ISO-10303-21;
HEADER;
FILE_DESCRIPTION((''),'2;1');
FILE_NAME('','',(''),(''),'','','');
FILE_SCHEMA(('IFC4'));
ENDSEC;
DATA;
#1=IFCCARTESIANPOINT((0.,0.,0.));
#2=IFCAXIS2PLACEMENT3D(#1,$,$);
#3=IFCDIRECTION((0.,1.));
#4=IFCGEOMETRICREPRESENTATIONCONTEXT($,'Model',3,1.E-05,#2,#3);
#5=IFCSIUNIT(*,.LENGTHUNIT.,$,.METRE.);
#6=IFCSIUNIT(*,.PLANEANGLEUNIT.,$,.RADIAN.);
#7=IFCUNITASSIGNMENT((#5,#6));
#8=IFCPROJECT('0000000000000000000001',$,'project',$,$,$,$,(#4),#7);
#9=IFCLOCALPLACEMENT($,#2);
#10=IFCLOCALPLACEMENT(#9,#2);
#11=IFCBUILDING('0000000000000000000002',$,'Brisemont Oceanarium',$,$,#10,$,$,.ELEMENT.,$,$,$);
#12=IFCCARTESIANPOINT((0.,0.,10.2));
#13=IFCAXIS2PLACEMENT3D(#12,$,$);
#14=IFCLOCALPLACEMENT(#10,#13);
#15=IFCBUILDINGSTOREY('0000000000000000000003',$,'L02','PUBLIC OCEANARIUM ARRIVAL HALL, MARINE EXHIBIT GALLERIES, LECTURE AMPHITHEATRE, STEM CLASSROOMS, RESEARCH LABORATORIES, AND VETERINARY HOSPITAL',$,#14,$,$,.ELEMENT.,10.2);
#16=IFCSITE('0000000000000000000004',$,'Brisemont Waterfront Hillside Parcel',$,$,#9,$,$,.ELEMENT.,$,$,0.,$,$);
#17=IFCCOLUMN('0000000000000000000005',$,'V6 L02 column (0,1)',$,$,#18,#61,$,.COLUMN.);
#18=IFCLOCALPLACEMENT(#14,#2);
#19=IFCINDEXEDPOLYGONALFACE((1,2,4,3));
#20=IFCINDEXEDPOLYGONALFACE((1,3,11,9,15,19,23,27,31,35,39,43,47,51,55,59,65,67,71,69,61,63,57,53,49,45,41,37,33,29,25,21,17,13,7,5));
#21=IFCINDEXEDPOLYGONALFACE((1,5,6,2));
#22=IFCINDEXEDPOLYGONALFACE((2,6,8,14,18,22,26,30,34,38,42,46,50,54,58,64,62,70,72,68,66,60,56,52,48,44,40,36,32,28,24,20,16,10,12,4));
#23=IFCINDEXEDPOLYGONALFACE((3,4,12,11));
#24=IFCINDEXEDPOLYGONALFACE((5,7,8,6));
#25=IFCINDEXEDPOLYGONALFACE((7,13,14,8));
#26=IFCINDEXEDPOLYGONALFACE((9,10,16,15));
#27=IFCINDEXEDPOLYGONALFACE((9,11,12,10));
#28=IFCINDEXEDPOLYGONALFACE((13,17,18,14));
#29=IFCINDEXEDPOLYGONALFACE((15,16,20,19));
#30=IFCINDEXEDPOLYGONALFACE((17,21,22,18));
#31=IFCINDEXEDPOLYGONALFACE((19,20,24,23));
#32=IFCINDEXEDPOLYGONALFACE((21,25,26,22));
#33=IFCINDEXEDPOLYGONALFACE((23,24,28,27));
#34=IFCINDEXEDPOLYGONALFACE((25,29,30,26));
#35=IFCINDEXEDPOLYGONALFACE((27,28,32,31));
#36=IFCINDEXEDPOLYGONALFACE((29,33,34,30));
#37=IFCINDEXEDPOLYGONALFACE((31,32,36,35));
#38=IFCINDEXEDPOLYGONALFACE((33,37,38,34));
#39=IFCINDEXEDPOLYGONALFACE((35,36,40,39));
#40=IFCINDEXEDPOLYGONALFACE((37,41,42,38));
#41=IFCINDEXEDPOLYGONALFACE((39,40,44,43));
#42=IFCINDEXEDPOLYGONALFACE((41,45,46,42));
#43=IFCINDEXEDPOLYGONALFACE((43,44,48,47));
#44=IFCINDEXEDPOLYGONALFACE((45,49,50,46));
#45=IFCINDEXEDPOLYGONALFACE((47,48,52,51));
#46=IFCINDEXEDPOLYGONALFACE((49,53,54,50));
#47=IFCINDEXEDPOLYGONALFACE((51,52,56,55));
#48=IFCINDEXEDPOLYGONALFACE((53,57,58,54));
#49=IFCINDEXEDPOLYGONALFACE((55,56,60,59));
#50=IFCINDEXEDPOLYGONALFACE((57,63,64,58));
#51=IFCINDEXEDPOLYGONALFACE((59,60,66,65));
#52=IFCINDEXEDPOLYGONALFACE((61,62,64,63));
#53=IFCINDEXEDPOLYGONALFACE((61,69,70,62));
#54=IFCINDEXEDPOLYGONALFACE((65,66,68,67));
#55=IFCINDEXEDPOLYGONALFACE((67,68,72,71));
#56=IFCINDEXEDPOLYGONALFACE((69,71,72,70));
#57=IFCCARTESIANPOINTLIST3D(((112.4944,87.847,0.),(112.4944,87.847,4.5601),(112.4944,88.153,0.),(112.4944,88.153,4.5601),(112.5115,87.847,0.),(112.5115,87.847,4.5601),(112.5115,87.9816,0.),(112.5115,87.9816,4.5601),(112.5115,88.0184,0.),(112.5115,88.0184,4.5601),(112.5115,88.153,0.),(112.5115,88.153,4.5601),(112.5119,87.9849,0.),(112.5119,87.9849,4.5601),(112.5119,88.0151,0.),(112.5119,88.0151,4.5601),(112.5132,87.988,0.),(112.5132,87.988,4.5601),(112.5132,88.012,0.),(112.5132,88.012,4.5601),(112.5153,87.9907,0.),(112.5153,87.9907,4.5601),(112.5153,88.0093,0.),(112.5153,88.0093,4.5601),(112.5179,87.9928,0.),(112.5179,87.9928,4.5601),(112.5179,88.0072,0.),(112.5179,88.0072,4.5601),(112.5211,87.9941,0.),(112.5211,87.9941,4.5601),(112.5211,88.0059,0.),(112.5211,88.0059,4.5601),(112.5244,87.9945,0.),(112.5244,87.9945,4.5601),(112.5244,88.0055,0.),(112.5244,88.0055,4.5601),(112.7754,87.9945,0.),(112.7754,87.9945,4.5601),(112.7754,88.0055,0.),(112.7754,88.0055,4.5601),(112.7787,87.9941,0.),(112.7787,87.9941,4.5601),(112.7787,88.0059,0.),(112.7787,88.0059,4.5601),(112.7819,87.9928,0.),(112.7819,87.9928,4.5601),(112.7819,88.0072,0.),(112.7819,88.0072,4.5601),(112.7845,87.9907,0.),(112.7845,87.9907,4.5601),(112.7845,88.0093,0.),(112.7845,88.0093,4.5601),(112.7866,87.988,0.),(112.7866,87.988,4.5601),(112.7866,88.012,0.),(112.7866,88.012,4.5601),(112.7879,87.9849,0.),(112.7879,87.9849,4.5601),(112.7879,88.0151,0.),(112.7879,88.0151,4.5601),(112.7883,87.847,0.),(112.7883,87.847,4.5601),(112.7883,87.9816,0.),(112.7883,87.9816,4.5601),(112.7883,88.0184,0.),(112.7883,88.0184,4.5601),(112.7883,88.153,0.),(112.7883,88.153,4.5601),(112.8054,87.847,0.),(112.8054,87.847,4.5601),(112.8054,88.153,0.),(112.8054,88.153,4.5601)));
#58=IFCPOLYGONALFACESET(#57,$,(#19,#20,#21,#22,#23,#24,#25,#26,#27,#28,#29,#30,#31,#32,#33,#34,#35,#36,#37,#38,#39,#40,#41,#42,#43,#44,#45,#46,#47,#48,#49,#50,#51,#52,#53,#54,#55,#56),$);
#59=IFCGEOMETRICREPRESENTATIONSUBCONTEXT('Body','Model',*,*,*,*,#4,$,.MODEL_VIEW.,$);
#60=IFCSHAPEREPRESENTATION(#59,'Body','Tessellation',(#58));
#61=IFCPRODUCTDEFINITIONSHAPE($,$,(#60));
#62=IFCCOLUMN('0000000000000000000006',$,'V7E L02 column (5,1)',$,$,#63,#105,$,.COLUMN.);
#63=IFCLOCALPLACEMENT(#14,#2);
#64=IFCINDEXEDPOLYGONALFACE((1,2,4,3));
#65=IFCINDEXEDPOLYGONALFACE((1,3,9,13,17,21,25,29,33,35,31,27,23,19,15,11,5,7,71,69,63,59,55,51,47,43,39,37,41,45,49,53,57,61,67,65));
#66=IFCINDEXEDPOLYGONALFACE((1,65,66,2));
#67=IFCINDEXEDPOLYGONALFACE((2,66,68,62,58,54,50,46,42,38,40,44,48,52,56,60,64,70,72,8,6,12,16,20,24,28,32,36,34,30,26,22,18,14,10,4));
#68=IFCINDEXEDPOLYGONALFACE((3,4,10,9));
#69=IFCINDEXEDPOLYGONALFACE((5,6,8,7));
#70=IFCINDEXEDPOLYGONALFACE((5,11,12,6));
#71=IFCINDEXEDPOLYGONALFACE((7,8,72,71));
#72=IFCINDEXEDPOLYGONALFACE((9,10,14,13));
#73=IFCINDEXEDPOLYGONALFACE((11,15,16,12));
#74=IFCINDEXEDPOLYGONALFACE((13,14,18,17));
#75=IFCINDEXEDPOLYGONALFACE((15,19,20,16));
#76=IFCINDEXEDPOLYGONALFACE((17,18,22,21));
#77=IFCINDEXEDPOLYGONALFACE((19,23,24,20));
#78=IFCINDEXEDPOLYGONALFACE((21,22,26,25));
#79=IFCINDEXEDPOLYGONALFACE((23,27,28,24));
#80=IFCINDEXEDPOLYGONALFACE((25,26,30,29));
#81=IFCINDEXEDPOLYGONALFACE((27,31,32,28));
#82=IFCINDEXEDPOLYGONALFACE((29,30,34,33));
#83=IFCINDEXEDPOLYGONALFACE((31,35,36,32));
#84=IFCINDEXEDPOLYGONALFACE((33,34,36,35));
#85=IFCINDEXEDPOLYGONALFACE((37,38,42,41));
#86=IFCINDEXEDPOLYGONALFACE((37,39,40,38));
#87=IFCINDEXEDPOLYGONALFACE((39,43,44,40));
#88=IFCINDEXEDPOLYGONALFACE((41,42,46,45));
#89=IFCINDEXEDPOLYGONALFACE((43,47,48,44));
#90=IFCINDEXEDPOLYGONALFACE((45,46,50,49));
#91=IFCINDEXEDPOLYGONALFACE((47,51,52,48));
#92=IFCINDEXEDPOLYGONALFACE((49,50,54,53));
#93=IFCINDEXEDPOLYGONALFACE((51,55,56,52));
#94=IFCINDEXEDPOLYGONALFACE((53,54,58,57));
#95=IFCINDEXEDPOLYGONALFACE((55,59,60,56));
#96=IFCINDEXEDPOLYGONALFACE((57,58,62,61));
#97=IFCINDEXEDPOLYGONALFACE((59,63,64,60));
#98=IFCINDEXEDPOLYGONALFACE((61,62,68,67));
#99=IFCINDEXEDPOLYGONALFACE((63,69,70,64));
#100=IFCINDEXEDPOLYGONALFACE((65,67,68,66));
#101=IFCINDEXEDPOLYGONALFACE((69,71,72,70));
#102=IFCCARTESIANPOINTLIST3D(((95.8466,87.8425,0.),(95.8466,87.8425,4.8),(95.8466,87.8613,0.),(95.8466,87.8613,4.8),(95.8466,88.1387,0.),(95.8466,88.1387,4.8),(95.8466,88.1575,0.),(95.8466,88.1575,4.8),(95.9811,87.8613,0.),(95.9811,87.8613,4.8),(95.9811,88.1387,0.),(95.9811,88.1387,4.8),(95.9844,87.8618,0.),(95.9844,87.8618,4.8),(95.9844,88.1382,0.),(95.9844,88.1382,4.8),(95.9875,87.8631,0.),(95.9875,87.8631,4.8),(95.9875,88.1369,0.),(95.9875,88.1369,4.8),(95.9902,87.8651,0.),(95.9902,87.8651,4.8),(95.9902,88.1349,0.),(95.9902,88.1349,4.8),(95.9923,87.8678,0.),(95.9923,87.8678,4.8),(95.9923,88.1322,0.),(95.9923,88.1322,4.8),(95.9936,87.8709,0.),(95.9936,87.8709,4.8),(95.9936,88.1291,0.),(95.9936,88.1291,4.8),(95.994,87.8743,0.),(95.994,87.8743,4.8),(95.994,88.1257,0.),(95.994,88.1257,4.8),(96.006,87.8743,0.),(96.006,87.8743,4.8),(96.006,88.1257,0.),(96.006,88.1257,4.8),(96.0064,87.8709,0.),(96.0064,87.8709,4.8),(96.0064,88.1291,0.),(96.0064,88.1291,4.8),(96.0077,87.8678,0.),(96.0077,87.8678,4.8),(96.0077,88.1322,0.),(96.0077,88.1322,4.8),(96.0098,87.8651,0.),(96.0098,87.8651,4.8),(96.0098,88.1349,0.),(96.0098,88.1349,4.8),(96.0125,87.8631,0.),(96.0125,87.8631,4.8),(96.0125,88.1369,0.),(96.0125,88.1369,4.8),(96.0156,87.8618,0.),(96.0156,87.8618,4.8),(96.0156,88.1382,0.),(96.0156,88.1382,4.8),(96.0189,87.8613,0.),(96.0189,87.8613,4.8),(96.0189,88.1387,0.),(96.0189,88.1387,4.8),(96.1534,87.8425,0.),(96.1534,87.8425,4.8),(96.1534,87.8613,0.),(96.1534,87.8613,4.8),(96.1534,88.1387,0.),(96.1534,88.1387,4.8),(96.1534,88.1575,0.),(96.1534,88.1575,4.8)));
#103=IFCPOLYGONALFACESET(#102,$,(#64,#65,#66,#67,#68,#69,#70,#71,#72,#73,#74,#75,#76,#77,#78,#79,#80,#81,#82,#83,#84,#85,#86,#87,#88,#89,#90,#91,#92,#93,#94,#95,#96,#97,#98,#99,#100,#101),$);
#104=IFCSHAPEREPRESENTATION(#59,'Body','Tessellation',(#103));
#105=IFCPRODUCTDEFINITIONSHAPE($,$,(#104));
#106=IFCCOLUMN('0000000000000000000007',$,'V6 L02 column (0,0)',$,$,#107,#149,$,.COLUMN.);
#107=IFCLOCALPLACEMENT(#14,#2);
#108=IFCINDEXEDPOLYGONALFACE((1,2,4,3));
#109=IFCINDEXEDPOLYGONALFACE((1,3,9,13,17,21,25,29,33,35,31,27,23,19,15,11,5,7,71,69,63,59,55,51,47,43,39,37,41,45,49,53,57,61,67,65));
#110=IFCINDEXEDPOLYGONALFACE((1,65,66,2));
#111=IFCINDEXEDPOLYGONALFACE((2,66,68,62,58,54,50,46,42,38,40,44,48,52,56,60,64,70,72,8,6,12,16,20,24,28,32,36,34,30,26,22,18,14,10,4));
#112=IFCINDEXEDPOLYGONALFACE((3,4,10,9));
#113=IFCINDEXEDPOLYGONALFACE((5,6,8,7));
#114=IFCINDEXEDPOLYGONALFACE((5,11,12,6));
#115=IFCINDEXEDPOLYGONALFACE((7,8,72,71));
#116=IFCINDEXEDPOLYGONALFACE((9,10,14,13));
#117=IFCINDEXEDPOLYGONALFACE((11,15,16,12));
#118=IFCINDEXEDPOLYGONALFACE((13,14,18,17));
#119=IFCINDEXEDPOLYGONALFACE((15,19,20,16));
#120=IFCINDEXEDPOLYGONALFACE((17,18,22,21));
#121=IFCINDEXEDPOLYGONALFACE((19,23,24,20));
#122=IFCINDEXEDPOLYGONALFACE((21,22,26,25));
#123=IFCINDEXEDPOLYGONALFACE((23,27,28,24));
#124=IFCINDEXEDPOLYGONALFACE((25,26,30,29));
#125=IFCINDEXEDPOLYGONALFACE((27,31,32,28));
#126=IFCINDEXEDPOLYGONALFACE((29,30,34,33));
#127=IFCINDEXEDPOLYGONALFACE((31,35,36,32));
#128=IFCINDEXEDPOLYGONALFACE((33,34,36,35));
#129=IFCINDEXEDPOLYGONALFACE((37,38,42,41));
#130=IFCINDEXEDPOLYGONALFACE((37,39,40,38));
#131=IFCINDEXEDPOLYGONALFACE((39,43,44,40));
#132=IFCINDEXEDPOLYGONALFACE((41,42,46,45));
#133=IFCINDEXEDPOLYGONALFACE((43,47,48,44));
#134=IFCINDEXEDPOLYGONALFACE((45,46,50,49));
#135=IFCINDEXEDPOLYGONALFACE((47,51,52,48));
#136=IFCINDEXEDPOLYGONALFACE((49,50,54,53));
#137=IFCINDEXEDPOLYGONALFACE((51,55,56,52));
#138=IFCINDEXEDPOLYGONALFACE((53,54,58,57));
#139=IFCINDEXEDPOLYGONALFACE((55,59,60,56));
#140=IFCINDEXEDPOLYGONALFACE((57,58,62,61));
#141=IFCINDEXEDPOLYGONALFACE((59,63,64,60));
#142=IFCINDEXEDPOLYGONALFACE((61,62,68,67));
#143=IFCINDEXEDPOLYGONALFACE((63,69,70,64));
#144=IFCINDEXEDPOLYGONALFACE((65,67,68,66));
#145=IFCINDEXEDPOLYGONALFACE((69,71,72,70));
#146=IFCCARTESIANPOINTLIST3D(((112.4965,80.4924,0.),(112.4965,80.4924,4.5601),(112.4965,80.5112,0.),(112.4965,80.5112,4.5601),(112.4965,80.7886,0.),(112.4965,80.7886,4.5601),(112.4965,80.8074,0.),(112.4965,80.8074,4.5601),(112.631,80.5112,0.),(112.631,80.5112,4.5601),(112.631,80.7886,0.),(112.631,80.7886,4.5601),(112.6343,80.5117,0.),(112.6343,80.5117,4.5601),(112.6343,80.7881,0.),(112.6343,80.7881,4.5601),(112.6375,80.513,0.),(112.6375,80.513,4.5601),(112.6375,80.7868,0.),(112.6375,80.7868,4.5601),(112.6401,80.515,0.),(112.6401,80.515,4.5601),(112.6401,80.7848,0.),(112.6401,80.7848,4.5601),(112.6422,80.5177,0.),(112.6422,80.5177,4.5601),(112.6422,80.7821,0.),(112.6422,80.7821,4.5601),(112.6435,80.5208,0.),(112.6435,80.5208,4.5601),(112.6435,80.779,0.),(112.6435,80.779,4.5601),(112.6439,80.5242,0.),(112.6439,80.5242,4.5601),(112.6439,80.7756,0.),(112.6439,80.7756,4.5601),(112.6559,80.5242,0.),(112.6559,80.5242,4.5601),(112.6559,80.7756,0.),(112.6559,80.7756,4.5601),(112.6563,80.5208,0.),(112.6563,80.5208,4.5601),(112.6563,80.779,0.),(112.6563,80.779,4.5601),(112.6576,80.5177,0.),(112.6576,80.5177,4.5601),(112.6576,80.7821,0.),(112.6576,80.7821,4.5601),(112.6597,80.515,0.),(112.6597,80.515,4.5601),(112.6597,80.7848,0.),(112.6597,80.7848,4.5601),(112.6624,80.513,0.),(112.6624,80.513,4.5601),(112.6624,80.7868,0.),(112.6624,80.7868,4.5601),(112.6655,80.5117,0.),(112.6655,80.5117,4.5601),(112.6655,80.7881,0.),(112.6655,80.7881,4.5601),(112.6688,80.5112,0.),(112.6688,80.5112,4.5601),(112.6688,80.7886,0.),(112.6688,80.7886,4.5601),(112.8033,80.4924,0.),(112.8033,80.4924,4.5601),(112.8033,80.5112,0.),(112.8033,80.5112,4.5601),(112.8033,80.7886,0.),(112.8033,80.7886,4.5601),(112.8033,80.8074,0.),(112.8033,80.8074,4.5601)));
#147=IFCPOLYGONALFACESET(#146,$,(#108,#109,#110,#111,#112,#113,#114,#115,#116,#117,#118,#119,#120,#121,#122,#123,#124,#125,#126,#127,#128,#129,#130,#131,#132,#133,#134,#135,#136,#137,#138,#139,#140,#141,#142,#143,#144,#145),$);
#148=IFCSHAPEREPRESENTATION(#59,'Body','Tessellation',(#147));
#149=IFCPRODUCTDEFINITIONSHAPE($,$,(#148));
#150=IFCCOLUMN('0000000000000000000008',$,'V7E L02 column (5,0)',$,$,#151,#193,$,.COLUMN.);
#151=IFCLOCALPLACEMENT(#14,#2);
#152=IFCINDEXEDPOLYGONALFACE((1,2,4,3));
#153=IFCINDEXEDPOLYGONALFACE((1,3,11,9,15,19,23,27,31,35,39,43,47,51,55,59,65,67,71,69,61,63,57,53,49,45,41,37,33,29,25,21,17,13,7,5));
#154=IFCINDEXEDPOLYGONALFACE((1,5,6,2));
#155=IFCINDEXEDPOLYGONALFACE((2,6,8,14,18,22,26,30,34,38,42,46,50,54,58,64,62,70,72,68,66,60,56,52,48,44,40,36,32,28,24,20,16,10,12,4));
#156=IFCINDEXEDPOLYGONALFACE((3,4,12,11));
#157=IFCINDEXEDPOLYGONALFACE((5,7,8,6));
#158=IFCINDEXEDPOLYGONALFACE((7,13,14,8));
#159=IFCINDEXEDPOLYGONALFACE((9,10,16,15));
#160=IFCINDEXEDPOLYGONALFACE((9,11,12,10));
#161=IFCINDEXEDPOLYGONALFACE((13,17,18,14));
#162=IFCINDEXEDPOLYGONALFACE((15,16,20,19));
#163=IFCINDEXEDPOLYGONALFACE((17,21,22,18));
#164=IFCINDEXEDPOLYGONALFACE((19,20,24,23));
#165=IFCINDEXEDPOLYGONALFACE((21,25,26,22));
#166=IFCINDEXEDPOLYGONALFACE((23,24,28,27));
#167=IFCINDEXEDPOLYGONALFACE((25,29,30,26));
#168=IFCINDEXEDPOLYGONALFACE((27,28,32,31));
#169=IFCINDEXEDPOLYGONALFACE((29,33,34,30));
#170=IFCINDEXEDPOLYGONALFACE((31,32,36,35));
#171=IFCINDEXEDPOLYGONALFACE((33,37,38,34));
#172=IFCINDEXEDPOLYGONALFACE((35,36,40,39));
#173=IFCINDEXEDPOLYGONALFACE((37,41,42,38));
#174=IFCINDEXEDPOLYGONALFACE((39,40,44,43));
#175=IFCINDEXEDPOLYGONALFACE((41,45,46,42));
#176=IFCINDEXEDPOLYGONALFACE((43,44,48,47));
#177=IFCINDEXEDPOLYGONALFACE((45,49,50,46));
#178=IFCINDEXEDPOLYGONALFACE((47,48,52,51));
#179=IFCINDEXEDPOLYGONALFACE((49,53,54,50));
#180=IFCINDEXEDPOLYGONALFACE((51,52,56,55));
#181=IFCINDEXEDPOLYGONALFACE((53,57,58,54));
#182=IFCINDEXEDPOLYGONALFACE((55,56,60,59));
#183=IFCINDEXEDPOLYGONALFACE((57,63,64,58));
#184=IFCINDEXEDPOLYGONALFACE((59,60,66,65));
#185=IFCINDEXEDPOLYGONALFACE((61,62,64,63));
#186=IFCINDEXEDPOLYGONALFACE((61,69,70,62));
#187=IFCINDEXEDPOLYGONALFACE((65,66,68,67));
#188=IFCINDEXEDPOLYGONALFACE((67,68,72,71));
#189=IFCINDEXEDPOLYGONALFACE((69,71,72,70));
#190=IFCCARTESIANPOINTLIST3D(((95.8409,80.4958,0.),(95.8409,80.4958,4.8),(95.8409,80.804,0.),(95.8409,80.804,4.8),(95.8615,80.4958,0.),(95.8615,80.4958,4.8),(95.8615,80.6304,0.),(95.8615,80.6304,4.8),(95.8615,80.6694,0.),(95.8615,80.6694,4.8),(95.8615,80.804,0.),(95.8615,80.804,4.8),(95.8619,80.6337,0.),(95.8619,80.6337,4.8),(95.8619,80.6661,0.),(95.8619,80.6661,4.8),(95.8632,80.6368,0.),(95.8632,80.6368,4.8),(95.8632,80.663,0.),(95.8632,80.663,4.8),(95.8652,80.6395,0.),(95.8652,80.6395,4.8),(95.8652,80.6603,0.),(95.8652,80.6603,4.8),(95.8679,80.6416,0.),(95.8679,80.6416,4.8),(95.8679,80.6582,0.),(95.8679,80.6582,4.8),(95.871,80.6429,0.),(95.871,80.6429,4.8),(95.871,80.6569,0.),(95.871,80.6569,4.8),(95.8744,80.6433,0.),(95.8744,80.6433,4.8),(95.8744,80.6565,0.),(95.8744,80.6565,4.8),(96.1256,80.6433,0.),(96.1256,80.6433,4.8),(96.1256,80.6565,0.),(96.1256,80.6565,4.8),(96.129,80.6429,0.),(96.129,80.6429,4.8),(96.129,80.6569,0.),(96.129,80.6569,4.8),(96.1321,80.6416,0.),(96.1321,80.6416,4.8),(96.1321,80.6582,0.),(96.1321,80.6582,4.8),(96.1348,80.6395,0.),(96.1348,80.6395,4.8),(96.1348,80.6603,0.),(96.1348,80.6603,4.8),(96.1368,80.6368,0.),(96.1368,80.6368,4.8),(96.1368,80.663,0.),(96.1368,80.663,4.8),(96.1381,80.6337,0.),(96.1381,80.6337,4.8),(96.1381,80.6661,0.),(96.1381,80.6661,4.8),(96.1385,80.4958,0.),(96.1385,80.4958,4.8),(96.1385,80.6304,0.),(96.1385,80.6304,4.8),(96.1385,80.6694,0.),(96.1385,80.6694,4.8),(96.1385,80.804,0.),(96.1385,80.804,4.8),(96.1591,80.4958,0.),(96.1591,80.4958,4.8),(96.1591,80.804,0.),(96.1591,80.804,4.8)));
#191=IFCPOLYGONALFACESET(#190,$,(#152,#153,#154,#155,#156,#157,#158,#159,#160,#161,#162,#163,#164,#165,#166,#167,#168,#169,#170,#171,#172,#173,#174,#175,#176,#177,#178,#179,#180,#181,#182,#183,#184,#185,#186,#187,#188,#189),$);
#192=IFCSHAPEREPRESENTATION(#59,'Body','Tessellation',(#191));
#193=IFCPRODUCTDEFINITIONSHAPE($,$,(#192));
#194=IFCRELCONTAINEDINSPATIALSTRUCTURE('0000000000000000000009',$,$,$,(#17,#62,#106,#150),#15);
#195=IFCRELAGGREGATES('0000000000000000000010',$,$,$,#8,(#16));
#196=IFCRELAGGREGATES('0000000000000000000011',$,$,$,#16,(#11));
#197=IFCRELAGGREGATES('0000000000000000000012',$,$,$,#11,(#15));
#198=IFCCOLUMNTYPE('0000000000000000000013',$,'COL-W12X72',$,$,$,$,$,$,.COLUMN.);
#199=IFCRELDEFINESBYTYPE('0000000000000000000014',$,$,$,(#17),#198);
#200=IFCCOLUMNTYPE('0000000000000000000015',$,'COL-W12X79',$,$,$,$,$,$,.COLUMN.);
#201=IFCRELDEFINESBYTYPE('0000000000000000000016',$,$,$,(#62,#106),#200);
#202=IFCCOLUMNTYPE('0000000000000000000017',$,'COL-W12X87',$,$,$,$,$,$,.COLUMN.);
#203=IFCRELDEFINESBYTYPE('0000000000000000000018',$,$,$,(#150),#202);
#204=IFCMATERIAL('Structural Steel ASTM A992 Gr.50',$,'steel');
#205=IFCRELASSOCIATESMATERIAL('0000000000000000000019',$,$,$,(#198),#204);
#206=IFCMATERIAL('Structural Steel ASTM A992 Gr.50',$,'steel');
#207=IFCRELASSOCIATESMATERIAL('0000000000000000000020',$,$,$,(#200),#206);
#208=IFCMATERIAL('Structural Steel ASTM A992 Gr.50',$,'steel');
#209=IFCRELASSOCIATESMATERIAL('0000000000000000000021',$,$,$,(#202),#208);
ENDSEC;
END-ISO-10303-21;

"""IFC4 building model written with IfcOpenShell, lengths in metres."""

from ifc_helpers import new_model, si_unit, direction, frame, origin, origin_2d, place, context, subcontext, project, spatial, i_section, extrude, material, material_profile, profile_set, type_object, element, save


model = new_model("IFC4")

# Units and contexts
model_context = context("Model", 3, precision=1e-05, world=origin(), true_north=direction((0.0, 1.0)))
body_context = subcontext(model_context, "Body", "Model", "MODEL_VIEW")
ifc_project = project(units=[si_unit("LENGTHUNIT", "METRE"), si_unit("PLANEANGLEUNIT", "RADIAN")], contexts=[model_context])

# Site, building, storey
site_placement = place(None, origin())
site = spatial("IfcSite", under=ifc_project, at=site_placement, Name="Brisemont Waterfront Hillside Parcel", CompositionType="ELEMENT", RefElevation=0.0)
building_placement = place(site_placement, origin())
building = spatial("IfcBuilding", under=site, at=building_placement, Name="Brisemont Oceanarium", CompositionType="ELEMENT")
storey_placement = place(building_placement, frame((0.0, 0.0, 10.2)))
storey = spatial("IfcBuildingStorey", under=building, at=storey_placement, Name="L02", Description="PUBLIC OCEANARIUM ARRIVAL HALL, MARINE EXHIBIT GALLERIES, LECTURE AMPHITHEATRE, STEM CLASSROOMS, RESEARCH LABORATORIES, AND VETERINARY HOSPITAL", CompositionType="ELEMENT", Elevation=10.2)

# Columns
ifc_material_1 = material(Name="Structural Steel ASTM A992 Gr.50", Category="steel")
ifc_material_profile_1 = material_profile(ifc_material_1, i_section(OverallWidth=0.3059, OverallDepth=0.311, WebThickness=0.011, FlangeThickness=0.0171, FilletRadius=0.0129, at=origin_2d()), Name="W12X72")
ifc_profile_set_1 = profile_set([ifc_material_profile_1], Name="Structural Steel ASTM A992 Gr.50")
column_type_1 = type_object("IfcColumnType", Name="COL-W12X72", PredefinedType="COLUMN", material=ifc_profile_set_1)
column_1_placement = place(storey_placement, frame((112.6499, 88.0, 0.0), z_axis=(0.0, 0.0, 1.0), x_axis=(0.0, 1.0, 0.0)))
element("IfcColumn", 1, at=column_1_placement, inside=storey, type_object=column_type_1, Name="V6 L02 column (0,1)", PredefinedType="COLUMN", context=body_context, shape_type="SweptSolid", body=[
    extrude(i_section(OverallWidth=0.3059, OverallDepth=0.311, WebThickness=0.011, FlangeThickness=0.0171, FilletRadius=0.0129, at=origin_2d()), origin(), (0.0, 0.0, 1.0), 4.5601),
])
ifc_material_2 = material(Name="Structural Steel ASTM A992 Gr.50", Category="steel")
ifc_material_profile_2 = material_profile(ifc_material_2, i_section(OverallWidth=0.3069, OverallDepth=0.3149, WebThickness=0.012, FlangeThickness=0.0188, FilletRadius=0.0129, at=origin_2d()), Name="W12X79")
ifc_profile_set_2 = profile_set([ifc_material_profile_2], Name="Structural Steel ASTM A992 Gr.50")
column_type_2 = type_object("IfcColumnType", Name="COL-W12X79", PredefinedType="COLUMN", material=ifc_profile_set_2)
column_2_placement = place(storey_placement, frame((96.0, 88.0, 0.0), z_axis=(0.0, 0.0, 1.0), x_axis=(1.0, 0.0, 0.0)))
element("IfcColumn", 2, at=column_2_placement, inside=storey, type_object=column_type_2, Name="V7E L02 column (5,1)", PredefinedType="COLUMN", context=body_context, shape_type="SweptSolid", body=[
    extrude(i_section(OverallWidth=0.3069, OverallDepth=0.3149, WebThickness=0.012, FlangeThickness=0.0188, FilletRadius=0.0129, at=origin_2d()), origin(), (0.0, 0.0, 1.0), 4.8),
])
column_3_placement = place(storey_placement, frame((112.6499, 80.6499, 0.0), z_axis=(0.0, 0.0, 1.0), x_axis=(1.0, 0.0, 0.0)))
element("IfcColumn", 3, at=column_3_placement, inside=storey, type_object=column_type_2, Name="V6 L02 column (0,0)", PredefinedType="COLUMN", context=body_context, shape_type="SweptSolid", body=[
    extrude(i_section(OverallWidth=0.3069, OverallDepth=0.3149, WebThickness=0.012, FlangeThickness=0.0188, FilletRadius=0.0129, at=origin_2d()), origin(), (0.0, 0.0, 1.0), 4.5601),
])
ifc_material_3 = material(Name="Structural Steel ASTM A992 Gr.50", Category="steel")
ifc_material_profile_3 = material_profile(ifc_material_3, i_section(OverallWidth=0.3081, OverallDepth=0.3181, WebThickness=0.0132, FlangeThickness=0.0205, FilletRadius=0.0129, at=origin_2d()), Name="W12X87")
ifc_profile_set_3 = profile_set([ifc_material_profile_3], Name="Structural Steel ASTM A992 Gr.50")
column_type_3 = type_object("IfcColumnType", Name="COL-W12X87", PredefinedType="COLUMN", material=ifc_profile_set_3)
column_4_placement = place(storey_placement, frame((96.0, 80.6499, 0.0), z_axis=(0.0, 0.0, 1.0), x_axis=(0.0, 1.0, 0.0)))
element("IfcColumn", 4, at=column_4_placement, inside=storey, type_object=column_type_3, Name="V7E L02 column (5,0)", PredefinedType="COLUMN", context=body_context, shape_type="SweptSolid", body=[
    extrude(i_section(OverallWidth=0.3081, OverallDepth=0.3181, WebThickness=0.0132, FlangeThickness=0.0205, FilletRadius=0.0129, at=origin_2d()), origin(), (0.0, 0.0, 1.0), 4.8),
])

save(model, "model.ifc")
